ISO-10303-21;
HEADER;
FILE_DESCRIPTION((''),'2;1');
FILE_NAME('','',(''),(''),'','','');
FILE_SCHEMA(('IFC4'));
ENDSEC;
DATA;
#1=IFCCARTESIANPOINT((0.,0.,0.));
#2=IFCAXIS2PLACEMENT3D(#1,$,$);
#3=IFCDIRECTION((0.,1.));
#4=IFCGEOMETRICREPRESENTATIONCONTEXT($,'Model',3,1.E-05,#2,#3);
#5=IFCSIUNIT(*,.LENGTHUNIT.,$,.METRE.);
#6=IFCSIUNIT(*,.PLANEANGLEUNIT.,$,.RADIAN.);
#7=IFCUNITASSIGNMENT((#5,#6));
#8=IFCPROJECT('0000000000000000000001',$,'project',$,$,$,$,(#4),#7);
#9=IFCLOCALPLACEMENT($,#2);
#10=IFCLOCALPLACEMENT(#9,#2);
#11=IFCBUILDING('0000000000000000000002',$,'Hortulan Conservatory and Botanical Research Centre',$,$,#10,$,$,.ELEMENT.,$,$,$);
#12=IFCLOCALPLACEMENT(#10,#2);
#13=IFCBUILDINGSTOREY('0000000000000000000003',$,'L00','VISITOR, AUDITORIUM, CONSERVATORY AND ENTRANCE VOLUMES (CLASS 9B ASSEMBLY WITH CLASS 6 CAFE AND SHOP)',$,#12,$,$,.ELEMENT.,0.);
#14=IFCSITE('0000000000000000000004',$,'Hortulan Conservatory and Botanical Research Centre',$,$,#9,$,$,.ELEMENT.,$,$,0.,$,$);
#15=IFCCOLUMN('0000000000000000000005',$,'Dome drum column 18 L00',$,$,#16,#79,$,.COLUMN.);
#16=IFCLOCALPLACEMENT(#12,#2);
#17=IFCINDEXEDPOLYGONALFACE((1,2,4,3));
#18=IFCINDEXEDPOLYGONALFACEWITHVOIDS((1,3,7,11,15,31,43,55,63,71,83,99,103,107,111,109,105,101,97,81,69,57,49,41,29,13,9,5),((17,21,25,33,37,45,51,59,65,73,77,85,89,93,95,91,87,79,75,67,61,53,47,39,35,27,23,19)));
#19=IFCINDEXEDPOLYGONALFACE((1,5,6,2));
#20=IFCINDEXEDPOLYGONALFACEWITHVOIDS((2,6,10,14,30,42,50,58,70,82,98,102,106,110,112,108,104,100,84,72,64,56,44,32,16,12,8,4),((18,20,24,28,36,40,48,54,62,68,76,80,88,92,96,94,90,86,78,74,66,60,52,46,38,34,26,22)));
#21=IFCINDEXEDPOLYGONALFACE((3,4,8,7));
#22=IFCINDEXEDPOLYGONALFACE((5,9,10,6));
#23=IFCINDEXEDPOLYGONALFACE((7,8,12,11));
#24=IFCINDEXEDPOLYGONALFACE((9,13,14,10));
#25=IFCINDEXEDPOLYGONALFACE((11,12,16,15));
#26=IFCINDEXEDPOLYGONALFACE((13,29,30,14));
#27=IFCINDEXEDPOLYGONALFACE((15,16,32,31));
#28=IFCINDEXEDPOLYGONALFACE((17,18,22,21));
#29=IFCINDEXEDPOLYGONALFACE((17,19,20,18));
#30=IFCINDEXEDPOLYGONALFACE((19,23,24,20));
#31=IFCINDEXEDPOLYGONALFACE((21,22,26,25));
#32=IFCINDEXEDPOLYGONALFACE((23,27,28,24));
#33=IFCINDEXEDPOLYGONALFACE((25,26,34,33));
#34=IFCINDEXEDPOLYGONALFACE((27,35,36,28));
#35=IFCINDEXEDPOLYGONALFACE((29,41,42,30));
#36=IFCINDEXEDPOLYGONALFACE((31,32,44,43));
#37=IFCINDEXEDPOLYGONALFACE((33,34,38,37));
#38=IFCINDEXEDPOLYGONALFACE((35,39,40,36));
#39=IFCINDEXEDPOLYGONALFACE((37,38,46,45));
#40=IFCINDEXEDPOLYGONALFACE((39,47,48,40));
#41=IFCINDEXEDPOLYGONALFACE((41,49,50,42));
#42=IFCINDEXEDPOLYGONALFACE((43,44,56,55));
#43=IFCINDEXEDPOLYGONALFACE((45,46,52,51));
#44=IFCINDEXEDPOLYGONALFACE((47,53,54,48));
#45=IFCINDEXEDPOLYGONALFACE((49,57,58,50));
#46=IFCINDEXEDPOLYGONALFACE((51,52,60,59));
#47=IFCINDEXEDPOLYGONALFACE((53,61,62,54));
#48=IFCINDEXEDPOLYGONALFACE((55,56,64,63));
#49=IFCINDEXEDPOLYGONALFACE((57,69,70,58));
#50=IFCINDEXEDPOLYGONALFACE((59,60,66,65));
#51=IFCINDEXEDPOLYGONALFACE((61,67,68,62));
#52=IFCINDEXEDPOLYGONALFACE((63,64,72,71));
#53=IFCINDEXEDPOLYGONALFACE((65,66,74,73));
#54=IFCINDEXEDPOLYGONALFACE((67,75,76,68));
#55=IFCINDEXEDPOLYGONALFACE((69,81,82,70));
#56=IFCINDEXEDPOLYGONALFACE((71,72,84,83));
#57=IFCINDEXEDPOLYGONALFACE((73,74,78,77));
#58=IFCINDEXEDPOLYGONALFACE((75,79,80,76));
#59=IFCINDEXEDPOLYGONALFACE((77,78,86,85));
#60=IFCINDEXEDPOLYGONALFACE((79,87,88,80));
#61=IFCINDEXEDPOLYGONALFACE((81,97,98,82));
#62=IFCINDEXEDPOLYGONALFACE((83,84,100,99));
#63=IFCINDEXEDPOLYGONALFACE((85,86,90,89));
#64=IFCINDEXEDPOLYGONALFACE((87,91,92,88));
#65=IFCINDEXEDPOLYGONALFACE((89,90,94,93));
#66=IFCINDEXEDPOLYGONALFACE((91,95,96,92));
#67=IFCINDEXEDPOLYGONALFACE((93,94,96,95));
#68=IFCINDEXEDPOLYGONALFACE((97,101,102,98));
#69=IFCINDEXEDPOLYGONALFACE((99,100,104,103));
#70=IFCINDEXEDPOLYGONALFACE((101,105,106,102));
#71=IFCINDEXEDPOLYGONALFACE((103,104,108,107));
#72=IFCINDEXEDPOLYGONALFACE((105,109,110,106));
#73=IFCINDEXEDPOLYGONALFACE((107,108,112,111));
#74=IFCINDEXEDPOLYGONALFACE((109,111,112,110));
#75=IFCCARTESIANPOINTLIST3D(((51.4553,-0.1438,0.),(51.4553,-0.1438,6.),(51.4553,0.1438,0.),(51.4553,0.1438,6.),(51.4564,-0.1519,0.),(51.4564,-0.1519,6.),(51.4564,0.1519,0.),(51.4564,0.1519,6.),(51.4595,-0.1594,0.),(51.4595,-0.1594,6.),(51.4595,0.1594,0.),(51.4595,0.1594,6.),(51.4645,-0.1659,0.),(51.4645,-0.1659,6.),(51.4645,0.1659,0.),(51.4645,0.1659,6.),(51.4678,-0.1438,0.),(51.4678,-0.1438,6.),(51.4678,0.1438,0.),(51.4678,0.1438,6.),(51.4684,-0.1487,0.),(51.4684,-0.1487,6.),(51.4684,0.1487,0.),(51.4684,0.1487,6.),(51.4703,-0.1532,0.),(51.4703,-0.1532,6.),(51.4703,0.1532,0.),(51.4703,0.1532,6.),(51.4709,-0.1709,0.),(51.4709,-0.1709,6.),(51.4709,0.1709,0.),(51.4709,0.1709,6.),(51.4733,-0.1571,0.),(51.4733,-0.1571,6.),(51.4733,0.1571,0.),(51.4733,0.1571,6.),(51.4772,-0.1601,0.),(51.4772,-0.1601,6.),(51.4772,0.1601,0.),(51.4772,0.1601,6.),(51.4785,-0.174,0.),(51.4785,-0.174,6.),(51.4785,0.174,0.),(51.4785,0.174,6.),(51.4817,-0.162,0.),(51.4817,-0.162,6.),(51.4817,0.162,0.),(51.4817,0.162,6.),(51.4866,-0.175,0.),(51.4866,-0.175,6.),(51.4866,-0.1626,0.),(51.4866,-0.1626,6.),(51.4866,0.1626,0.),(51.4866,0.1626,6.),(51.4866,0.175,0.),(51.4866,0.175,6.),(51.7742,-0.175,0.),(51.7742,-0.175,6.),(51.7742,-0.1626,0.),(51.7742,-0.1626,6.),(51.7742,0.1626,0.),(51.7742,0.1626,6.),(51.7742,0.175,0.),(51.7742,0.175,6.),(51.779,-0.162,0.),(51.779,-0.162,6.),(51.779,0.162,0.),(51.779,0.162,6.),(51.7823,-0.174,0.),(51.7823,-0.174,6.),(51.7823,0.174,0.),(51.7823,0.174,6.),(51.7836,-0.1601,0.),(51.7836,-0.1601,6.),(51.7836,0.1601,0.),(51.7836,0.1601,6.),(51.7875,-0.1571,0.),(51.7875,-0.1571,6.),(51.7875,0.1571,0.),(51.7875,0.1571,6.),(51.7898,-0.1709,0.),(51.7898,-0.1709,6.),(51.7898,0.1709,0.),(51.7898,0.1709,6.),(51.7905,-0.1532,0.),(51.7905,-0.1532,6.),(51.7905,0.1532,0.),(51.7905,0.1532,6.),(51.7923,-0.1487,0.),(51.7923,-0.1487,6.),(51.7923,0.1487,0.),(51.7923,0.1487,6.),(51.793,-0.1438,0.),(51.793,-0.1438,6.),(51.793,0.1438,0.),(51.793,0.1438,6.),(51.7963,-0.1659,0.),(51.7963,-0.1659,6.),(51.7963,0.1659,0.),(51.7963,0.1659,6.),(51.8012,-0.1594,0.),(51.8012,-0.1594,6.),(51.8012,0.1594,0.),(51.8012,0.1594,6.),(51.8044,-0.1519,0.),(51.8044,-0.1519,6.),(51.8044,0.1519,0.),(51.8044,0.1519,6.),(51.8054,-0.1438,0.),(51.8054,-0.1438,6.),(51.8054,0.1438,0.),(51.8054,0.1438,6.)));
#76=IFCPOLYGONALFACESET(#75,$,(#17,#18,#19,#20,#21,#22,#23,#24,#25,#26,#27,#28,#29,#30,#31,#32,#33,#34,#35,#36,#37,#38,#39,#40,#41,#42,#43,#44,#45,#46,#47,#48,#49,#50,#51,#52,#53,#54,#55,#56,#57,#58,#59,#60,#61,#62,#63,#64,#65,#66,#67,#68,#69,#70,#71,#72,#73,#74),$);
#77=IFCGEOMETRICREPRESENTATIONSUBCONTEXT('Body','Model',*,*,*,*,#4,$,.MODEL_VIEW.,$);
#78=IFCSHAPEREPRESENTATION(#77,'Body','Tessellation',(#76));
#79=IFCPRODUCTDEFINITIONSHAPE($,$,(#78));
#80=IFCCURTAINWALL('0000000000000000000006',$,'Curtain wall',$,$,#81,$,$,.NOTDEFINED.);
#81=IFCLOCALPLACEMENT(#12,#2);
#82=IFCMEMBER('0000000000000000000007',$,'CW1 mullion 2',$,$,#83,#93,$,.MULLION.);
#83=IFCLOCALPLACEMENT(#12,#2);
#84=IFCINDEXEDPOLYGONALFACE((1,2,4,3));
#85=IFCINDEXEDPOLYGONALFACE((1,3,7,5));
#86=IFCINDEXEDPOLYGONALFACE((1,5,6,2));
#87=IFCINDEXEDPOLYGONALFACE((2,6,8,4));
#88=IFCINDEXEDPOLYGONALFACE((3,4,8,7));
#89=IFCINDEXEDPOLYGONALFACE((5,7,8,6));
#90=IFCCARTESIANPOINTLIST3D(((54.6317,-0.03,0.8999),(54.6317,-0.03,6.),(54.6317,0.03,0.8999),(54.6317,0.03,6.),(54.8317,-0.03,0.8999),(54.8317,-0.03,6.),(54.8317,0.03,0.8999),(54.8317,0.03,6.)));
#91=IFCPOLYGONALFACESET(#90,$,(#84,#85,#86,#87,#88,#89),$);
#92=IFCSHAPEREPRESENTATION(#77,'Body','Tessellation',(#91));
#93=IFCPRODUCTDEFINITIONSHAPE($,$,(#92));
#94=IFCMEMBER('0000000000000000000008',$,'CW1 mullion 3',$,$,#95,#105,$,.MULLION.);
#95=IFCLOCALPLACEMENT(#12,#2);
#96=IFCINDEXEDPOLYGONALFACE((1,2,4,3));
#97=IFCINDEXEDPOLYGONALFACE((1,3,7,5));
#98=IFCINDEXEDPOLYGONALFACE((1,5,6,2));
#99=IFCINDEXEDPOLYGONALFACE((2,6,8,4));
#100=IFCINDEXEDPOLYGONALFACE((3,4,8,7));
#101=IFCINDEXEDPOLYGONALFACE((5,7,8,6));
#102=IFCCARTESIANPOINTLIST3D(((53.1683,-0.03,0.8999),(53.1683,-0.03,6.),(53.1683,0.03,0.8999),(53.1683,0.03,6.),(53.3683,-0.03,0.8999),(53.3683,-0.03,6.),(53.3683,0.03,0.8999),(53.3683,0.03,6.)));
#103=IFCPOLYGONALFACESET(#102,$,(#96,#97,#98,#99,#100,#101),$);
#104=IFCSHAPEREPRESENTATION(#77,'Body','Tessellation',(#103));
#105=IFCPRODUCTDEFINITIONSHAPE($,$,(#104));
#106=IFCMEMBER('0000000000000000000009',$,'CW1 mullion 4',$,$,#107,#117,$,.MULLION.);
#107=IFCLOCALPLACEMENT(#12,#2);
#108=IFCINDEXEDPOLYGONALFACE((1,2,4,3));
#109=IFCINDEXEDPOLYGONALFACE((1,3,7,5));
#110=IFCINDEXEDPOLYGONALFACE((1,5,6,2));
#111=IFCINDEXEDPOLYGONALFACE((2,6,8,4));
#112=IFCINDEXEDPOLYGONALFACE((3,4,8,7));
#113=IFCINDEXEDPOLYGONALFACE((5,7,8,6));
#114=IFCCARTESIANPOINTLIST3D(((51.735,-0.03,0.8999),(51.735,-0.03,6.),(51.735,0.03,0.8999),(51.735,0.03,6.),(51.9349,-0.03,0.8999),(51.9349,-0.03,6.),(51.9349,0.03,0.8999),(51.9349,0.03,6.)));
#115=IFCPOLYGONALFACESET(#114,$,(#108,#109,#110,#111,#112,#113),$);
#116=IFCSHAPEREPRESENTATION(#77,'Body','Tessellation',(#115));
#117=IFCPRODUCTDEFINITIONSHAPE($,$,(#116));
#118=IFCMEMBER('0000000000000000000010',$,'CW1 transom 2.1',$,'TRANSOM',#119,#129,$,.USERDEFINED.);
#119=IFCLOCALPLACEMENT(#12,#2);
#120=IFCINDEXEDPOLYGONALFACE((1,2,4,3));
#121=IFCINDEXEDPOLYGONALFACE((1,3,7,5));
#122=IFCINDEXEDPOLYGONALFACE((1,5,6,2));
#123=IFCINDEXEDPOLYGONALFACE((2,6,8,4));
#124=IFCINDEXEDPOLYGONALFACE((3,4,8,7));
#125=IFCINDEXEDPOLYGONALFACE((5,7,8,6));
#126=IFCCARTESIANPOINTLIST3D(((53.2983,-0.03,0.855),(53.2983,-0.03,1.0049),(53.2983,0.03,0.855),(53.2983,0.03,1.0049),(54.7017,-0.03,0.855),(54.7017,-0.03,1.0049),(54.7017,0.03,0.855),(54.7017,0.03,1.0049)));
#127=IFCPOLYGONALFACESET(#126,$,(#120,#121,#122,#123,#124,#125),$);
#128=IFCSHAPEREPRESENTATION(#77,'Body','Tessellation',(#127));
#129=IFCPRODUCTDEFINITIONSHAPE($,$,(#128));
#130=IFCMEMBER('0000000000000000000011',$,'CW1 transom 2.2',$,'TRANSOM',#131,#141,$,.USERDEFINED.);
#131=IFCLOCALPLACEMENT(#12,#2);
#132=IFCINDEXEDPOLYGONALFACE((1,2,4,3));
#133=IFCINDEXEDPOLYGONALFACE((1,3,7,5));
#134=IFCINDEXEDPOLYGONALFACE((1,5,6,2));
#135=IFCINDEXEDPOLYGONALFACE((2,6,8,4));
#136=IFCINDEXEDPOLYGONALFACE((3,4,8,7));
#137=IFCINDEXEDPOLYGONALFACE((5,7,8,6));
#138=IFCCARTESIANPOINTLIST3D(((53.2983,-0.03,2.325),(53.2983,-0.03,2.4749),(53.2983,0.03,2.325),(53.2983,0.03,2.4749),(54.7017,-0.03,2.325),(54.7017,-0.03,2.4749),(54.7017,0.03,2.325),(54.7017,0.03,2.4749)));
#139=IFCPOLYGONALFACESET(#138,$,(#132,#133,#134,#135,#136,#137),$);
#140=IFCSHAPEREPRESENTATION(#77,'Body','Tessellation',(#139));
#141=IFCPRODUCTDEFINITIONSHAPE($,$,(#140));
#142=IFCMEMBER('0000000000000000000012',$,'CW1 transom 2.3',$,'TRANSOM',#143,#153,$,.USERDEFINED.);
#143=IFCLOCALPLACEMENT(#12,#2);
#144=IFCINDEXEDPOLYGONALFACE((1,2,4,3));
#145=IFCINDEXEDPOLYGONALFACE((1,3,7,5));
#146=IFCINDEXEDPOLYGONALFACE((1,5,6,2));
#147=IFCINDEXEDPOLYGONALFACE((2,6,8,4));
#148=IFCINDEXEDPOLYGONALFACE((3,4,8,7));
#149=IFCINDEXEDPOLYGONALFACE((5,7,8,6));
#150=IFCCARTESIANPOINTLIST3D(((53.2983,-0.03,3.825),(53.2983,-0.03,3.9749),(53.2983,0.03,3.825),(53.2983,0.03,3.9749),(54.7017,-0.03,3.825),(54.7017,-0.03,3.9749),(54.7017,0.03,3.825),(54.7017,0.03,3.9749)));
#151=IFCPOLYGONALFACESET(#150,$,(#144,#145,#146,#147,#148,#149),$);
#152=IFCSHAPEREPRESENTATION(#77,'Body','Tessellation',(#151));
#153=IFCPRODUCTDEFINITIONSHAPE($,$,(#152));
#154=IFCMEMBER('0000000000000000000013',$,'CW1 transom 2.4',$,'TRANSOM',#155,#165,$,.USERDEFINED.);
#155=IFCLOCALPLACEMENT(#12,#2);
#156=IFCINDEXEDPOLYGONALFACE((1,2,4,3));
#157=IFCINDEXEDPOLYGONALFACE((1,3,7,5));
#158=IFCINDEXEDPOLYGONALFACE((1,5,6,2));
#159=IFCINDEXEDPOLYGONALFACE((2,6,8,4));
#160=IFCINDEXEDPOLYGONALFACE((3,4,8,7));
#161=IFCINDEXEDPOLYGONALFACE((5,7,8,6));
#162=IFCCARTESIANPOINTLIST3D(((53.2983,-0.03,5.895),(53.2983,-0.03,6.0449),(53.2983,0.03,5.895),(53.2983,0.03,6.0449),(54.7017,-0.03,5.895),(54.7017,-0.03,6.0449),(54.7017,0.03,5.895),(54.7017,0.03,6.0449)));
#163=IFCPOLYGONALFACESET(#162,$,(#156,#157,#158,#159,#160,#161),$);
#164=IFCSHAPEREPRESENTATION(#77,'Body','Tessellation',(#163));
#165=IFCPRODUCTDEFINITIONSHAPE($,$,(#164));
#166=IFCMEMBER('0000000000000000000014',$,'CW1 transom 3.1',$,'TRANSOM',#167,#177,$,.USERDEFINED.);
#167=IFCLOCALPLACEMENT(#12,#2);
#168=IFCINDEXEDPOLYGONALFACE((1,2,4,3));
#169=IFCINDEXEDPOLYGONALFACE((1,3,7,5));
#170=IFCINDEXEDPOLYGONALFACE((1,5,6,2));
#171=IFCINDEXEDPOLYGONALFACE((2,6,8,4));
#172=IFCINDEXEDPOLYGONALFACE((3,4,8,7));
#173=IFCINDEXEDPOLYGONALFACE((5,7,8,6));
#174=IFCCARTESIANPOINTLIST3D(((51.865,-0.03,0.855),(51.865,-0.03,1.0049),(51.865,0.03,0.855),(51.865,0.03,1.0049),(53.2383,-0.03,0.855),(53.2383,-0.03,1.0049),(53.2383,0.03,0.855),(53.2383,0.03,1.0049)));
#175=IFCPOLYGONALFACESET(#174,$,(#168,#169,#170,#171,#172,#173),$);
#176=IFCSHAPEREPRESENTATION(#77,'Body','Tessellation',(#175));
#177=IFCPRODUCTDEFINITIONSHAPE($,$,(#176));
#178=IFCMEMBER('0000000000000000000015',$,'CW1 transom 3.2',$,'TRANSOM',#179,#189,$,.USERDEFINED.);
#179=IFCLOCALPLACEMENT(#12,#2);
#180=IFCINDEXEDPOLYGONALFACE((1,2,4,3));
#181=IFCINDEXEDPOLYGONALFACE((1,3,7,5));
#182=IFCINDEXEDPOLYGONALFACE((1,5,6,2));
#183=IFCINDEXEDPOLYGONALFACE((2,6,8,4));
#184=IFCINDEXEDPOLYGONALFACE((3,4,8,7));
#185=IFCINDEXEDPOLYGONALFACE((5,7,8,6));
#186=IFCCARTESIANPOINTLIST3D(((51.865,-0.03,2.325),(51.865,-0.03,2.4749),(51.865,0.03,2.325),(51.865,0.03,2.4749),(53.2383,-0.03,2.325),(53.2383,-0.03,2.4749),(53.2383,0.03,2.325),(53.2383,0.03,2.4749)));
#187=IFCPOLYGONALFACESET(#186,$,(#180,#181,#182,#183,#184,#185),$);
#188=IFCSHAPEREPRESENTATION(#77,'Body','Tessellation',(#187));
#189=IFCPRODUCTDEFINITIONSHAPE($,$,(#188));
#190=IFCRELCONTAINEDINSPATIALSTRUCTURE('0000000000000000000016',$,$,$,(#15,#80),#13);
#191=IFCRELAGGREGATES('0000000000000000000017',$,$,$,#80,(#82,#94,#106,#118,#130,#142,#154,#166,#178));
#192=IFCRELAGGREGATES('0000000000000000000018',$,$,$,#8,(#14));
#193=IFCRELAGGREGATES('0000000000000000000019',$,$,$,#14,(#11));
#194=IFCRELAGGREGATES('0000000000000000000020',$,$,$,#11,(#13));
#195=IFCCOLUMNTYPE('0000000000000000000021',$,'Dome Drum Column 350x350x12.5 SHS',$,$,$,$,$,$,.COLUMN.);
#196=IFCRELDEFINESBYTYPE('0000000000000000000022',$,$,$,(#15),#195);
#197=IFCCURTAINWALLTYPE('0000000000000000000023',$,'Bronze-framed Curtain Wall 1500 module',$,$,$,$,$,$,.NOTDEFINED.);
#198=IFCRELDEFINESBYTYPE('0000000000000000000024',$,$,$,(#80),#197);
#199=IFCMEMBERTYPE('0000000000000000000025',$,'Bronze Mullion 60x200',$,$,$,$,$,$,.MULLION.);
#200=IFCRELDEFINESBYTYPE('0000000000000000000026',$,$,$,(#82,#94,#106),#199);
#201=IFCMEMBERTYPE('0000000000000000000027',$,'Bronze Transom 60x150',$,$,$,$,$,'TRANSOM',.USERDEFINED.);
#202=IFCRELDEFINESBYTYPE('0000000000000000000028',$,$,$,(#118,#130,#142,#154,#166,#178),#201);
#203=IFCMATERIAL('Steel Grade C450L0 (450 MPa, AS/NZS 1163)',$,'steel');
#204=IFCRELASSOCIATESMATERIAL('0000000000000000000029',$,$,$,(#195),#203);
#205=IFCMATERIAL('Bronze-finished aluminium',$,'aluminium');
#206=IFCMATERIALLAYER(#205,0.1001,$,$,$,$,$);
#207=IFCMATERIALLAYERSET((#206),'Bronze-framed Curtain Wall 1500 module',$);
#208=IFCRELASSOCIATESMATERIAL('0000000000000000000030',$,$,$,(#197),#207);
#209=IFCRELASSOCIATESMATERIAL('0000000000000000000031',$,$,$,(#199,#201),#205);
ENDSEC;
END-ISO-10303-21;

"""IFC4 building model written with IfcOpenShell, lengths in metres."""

from ifc_helpers import new_model, si_unit, direction, frame, origin, origin_2d, place, context, subcontext, project, spatial, rectangle, hollow_rectangle, extrude, material, layer, layer_set, material_profile, profile_set, type_object, element, aggregate, save


model = new_model("IFC4")

# Units and contexts
model_context = context("Model", 3, precision=1e-05, world=origin(), true_north=direction((0.0, 1.0)))
body_context = subcontext(model_context, "Body", "Model", "MODEL_VIEW")
ifc_project = project(units=[si_unit("LENGTHUNIT", "METRE"), si_unit("PLANEANGLEUNIT", "RADIAN")], contexts=[model_context])

# Site, building, storey
site_placement = place(None, origin())
site = spatial("IfcSite", under=ifc_project, at=site_placement, Name="Hortulan Conservatory and Botanical Research Centre", CompositionType="ELEMENT", RefElevation=0.0)
building_placement = place(site_placement, origin())
building = spatial("IfcBuilding", under=site, at=building_placement, Name="Hortulan Conservatory and Botanical Research Centre", CompositionType="ELEMENT")
storey_placement = place(building_placement, origin())
storey = spatial("IfcBuildingStorey", under=building, at=storey_placement, Name="L00", Description="VISITOR, AUDITORIUM, CONSERVATORY AND ENTRANCE VOLUMES (CLASS 9B ASSEMBLY WITH CLASS 6 CAFE AND SHOP)", CompositionType="ELEMENT", Elevation=0.0)

# Column
ifc_material_1 = material(Name="Steel Grade C450L0 (450 MPa, AS/NZS 1163)", Category="steel")
ifc_material_profile_1 = material_profile(ifc_material_1, hollow_rectangle(XDim=0.3501, YDim=0.3501, WallThickness=0.0125, InnerFilletRadius=0.0188, OuterFilletRadius=0.0312, at=origin_2d()), Name="350x350x12.5SHS")
ifc_profile_set_1 = profile_set([ifc_material_profile_1], Name="Steel Grade C450L0 (450 MPa, AS/NZS 1163)")
column_type = type_object("IfcColumnType", Name="Dome Drum Column 350x350x12.5 SHS", PredefinedType="COLUMN", material=ifc_profile_set_1)
column_placement = place(storey_placement, frame((51.6304, 0.0, 0.0), z_axis=(0.0, 0.0, 1.0), x_axis=(1.0, 0.0, 0.0)))
element("IfcColumn", 1, at=column_placement, inside=storey, type_object=column_type, Name="Dome drum column 18 L00", PredefinedType="COLUMN", context=body_context, shape_type="SweptSolid", body=[
    extrude(hollow_rectangle(XDim=0.3501, YDim=0.3501, WallThickness=0.0125, InnerFilletRadius=0.0188, OuterFilletRadius=0.0312, at=origin_2d()), origin(), (0.0, 0.0, 1.0), 6.0),
])

# Curtain wall, members
ifc_material_2 = material(Name="Bronze-finished aluminium", Category="aluminium")
ifc_layer_1 = layer(ifc_material_2, 0.1001)
ifc_layer_set_1 = layer_set([ifc_layer_1], Name="Bronze-framed Curtain Wall 1500 module")
curtain_wall_type = type_object("IfcCurtainWallType", Name="Bronze-framed Curtain Wall 1500 module", PredefinedType="NOTDEFINED", material=ifc_layer_set_1)
curtain_wall_placement = place(storey_placement, origin())
curtain_wall = element("IfcCurtainWall", 2, at=curtain_wall_placement, inside=storey, type_object=curtain_wall_type, Name="Curtain wall", PredefinedType="NOTDEFINED")
ifc_material_profile_2 = material_profile(ifc_material_2, rectangle(XDim=0.0601, YDim=0.2, at=origin_2d()), Name="Bronze Mullion 60x200")
ifc_profile_set_2 = profile_set([ifc_material_profile_2], Name="Bronze-finished aluminium")
member_type_1 = type_object("IfcMemberType", Name="Bronze Mullion 60x200", PredefinedType="MULLION", material=ifc_profile_set_2)
member_1_placement = place(storey_placement, frame((54.7317, 0.0, 0.8999), z_axis=(0.0, 0.0, 1.0), x_axis=(0.0, -1.0, 0.0)))
member_1 = element("IfcMember", 3, at=member_1_placement, type_object=member_type_1, Name="CW1 mullion 2", PredefinedType="MULLION", context=body_context, shape_type="SweptSolid", body=[
    extrude(rectangle(XDim=0.0601, YDim=0.2, at=origin_2d()), origin(), (0.0, 0.0, 1.0), 5.1001),
])
member_2_placement = place(storey_placement, frame((53.2683, 0.0, 0.8999), z_axis=(0.0, 0.0, 1.0), x_axis=(0.0, -1.0, 0.0)))
member_2 = element("IfcMember", 4, at=member_2_placement, type_object=member_type_1, Name="CW1 mullion 3", PredefinedType="MULLION", context=body_context, shape_type="SweptSolid", body=[
    extrude(rectangle(XDim=0.0601, YDim=0.2, at=origin_2d()), origin(), (0.0, 0.0, 1.0), 5.1001),
])
member_3_placement = place(storey_placement, frame((51.835, 0.0, 0.8999), z_axis=(0.0, 0.0, 1.0), x_axis=(0.0, -1.0, 0.0)))
member_3 = element("IfcMember", 5, at=member_3_placement, type_object=member_type_1, Name="CW1 mullion 4", PredefinedType="MULLION", context=body_context, shape_type="SweptSolid", body=[
    extrude(rectangle(XDim=0.0601, YDim=0.2, at=origin_2d()), origin(), (0.0, 0.0, 1.0), 5.1001),
])
ifc_material_profile_3 = material_profile(ifc_material_2, rectangle(XDim=0.0601, YDim=0.1499, at=origin_2d()), Name="Bronze Transom 60x150")
ifc_profile_set_3 = profile_set([ifc_material_profile_3], Name="Bronze-finished aluminium")
member_type_2 = type_object("IfcMemberType", Name="Bronze Transom 60x150", ElementType="TRANSOM", PredefinedType="USERDEFINED", material=ifc_profile_set_3)
member_4_placement = place(storey_placement, frame((54.7017, 0.0, 0.9299), z_axis=(-1.0, 0.0, 0.0), x_axis=(0.0, -1.0, 0.0)))
member_4 = element("IfcMember", 6, at=member_4_placement, type_object=member_type_2, Name="CW1 transom 2.1", ObjectType="TRANSOM", PredefinedType="USERDEFINED", context=body_context, shape_type="SweptSolid", body=[
    extrude(rectangle(XDim=0.0601, YDim=0.1499, at=origin_2d()), origin(), (0.0, 0.0, 1.0), 1.4033),
])
member_5_placement = place(storey_placement, frame((54.7017, 0.0, 2.3999), z_axis=(-1.0, 0.0, 0.0), x_axis=(0.0, -1.0, 0.0)))
member_5 = element("IfcMember", 7, at=member_5_placement, type_object=member_type_2, Name="CW1 transom 2.2", ObjectType="TRANSOM", PredefinedType="USERDEFINED", context=body_context, shape_type="SweptSolid", body=[
    extrude(rectangle(XDim=0.0601, YDim=0.1499, at=origin_2d()), origin(), (0.0, 0.0, 1.0), 1.4033),
])
member_6_placement = place(storey_placement, frame((54.7017, 0.0, 3.8999), z_axis=(-1.0, 0.0, 0.0), x_axis=(0.0, -1.0, 0.0)))
member_6 = element("IfcMember", 8, at=member_6_placement, type_object=member_type_2, Name="CW1 transom 2.3", ObjectType="TRANSOM", PredefinedType="USERDEFINED", context=body_context, shape_type="SweptSolid", body=[
    extrude(rectangle(XDim=0.0601, YDim=0.1499, at=origin_2d()), origin(), (0.0, 0.0, 1.0), 1.4033),
])
member_7_placement = place(storey_placement, frame((54.7017, 0.0, 5.97), z_axis=(-1.0, 0.0, 0.0), x_axis=(0.0, -1.0, 0.0)))
member_7 = element("IfcMember", 9, at=member_7_placement, type_object=member_type_2, Name="CW1 transom 2.4", ObjectType="TRANSOM", PredefinedType="USERDEFINED", context=body_context, shape_type="SweptSolid", body=[
    extrude(rectangle(XDim=0.0601, YDim=0.1499, at=origin_2d()), origin(), (0.0, 0.0, 1.0), 1.4033),
])
member_8_placement = place(storey_placement, frame((53.2383, 0.0, 0.9299), z_axis=(-1.0, 0.0, 0.0), x_axis=(0.0, -1.0, 0.0)))
member_8 = element("IfcMember", 10, at=member_8_placement, type_object=member_type_2, Name="CW1 transom 3.1", ObjectType="TRANSOM", PredefinedType="USERDEFINED", context=body_context, shape_type="SweptSolid", body=[
    extrude(rectangle(XDim=0.0601, YDim=0.1499, at=origin_2d()), origin(), (0.0, 0.0, 1.0), 1.3733),
])
member_9_placement = place(storey_placement, frame((53.2383, 0.0, 2.3999), z_axis=(-1.0, 0.0, 0.0), x_axis=(0.0, -1.0, 0.0)))
member_9 = element("IfcMember", 11, at=member_9_placement, type_object=member_type_2, Name="CW1 transom 3.2", ObjectType="TRANSOM", PredefinedType="USERDEFINED", context=body_context, shape_type="SweptSolid", body=[
    extrude(rectangle(XDim=0.0601, YDim=0.1499, at=origin_2d()), origin(), (0.0, 0.0, 1.0), 1.3733),
])

aggregate(curtain_wall, [member_1, member_2, member_3, member_4, member_5, member_6, member_7, member_8, member_9])

save(model, "model.ifc")
